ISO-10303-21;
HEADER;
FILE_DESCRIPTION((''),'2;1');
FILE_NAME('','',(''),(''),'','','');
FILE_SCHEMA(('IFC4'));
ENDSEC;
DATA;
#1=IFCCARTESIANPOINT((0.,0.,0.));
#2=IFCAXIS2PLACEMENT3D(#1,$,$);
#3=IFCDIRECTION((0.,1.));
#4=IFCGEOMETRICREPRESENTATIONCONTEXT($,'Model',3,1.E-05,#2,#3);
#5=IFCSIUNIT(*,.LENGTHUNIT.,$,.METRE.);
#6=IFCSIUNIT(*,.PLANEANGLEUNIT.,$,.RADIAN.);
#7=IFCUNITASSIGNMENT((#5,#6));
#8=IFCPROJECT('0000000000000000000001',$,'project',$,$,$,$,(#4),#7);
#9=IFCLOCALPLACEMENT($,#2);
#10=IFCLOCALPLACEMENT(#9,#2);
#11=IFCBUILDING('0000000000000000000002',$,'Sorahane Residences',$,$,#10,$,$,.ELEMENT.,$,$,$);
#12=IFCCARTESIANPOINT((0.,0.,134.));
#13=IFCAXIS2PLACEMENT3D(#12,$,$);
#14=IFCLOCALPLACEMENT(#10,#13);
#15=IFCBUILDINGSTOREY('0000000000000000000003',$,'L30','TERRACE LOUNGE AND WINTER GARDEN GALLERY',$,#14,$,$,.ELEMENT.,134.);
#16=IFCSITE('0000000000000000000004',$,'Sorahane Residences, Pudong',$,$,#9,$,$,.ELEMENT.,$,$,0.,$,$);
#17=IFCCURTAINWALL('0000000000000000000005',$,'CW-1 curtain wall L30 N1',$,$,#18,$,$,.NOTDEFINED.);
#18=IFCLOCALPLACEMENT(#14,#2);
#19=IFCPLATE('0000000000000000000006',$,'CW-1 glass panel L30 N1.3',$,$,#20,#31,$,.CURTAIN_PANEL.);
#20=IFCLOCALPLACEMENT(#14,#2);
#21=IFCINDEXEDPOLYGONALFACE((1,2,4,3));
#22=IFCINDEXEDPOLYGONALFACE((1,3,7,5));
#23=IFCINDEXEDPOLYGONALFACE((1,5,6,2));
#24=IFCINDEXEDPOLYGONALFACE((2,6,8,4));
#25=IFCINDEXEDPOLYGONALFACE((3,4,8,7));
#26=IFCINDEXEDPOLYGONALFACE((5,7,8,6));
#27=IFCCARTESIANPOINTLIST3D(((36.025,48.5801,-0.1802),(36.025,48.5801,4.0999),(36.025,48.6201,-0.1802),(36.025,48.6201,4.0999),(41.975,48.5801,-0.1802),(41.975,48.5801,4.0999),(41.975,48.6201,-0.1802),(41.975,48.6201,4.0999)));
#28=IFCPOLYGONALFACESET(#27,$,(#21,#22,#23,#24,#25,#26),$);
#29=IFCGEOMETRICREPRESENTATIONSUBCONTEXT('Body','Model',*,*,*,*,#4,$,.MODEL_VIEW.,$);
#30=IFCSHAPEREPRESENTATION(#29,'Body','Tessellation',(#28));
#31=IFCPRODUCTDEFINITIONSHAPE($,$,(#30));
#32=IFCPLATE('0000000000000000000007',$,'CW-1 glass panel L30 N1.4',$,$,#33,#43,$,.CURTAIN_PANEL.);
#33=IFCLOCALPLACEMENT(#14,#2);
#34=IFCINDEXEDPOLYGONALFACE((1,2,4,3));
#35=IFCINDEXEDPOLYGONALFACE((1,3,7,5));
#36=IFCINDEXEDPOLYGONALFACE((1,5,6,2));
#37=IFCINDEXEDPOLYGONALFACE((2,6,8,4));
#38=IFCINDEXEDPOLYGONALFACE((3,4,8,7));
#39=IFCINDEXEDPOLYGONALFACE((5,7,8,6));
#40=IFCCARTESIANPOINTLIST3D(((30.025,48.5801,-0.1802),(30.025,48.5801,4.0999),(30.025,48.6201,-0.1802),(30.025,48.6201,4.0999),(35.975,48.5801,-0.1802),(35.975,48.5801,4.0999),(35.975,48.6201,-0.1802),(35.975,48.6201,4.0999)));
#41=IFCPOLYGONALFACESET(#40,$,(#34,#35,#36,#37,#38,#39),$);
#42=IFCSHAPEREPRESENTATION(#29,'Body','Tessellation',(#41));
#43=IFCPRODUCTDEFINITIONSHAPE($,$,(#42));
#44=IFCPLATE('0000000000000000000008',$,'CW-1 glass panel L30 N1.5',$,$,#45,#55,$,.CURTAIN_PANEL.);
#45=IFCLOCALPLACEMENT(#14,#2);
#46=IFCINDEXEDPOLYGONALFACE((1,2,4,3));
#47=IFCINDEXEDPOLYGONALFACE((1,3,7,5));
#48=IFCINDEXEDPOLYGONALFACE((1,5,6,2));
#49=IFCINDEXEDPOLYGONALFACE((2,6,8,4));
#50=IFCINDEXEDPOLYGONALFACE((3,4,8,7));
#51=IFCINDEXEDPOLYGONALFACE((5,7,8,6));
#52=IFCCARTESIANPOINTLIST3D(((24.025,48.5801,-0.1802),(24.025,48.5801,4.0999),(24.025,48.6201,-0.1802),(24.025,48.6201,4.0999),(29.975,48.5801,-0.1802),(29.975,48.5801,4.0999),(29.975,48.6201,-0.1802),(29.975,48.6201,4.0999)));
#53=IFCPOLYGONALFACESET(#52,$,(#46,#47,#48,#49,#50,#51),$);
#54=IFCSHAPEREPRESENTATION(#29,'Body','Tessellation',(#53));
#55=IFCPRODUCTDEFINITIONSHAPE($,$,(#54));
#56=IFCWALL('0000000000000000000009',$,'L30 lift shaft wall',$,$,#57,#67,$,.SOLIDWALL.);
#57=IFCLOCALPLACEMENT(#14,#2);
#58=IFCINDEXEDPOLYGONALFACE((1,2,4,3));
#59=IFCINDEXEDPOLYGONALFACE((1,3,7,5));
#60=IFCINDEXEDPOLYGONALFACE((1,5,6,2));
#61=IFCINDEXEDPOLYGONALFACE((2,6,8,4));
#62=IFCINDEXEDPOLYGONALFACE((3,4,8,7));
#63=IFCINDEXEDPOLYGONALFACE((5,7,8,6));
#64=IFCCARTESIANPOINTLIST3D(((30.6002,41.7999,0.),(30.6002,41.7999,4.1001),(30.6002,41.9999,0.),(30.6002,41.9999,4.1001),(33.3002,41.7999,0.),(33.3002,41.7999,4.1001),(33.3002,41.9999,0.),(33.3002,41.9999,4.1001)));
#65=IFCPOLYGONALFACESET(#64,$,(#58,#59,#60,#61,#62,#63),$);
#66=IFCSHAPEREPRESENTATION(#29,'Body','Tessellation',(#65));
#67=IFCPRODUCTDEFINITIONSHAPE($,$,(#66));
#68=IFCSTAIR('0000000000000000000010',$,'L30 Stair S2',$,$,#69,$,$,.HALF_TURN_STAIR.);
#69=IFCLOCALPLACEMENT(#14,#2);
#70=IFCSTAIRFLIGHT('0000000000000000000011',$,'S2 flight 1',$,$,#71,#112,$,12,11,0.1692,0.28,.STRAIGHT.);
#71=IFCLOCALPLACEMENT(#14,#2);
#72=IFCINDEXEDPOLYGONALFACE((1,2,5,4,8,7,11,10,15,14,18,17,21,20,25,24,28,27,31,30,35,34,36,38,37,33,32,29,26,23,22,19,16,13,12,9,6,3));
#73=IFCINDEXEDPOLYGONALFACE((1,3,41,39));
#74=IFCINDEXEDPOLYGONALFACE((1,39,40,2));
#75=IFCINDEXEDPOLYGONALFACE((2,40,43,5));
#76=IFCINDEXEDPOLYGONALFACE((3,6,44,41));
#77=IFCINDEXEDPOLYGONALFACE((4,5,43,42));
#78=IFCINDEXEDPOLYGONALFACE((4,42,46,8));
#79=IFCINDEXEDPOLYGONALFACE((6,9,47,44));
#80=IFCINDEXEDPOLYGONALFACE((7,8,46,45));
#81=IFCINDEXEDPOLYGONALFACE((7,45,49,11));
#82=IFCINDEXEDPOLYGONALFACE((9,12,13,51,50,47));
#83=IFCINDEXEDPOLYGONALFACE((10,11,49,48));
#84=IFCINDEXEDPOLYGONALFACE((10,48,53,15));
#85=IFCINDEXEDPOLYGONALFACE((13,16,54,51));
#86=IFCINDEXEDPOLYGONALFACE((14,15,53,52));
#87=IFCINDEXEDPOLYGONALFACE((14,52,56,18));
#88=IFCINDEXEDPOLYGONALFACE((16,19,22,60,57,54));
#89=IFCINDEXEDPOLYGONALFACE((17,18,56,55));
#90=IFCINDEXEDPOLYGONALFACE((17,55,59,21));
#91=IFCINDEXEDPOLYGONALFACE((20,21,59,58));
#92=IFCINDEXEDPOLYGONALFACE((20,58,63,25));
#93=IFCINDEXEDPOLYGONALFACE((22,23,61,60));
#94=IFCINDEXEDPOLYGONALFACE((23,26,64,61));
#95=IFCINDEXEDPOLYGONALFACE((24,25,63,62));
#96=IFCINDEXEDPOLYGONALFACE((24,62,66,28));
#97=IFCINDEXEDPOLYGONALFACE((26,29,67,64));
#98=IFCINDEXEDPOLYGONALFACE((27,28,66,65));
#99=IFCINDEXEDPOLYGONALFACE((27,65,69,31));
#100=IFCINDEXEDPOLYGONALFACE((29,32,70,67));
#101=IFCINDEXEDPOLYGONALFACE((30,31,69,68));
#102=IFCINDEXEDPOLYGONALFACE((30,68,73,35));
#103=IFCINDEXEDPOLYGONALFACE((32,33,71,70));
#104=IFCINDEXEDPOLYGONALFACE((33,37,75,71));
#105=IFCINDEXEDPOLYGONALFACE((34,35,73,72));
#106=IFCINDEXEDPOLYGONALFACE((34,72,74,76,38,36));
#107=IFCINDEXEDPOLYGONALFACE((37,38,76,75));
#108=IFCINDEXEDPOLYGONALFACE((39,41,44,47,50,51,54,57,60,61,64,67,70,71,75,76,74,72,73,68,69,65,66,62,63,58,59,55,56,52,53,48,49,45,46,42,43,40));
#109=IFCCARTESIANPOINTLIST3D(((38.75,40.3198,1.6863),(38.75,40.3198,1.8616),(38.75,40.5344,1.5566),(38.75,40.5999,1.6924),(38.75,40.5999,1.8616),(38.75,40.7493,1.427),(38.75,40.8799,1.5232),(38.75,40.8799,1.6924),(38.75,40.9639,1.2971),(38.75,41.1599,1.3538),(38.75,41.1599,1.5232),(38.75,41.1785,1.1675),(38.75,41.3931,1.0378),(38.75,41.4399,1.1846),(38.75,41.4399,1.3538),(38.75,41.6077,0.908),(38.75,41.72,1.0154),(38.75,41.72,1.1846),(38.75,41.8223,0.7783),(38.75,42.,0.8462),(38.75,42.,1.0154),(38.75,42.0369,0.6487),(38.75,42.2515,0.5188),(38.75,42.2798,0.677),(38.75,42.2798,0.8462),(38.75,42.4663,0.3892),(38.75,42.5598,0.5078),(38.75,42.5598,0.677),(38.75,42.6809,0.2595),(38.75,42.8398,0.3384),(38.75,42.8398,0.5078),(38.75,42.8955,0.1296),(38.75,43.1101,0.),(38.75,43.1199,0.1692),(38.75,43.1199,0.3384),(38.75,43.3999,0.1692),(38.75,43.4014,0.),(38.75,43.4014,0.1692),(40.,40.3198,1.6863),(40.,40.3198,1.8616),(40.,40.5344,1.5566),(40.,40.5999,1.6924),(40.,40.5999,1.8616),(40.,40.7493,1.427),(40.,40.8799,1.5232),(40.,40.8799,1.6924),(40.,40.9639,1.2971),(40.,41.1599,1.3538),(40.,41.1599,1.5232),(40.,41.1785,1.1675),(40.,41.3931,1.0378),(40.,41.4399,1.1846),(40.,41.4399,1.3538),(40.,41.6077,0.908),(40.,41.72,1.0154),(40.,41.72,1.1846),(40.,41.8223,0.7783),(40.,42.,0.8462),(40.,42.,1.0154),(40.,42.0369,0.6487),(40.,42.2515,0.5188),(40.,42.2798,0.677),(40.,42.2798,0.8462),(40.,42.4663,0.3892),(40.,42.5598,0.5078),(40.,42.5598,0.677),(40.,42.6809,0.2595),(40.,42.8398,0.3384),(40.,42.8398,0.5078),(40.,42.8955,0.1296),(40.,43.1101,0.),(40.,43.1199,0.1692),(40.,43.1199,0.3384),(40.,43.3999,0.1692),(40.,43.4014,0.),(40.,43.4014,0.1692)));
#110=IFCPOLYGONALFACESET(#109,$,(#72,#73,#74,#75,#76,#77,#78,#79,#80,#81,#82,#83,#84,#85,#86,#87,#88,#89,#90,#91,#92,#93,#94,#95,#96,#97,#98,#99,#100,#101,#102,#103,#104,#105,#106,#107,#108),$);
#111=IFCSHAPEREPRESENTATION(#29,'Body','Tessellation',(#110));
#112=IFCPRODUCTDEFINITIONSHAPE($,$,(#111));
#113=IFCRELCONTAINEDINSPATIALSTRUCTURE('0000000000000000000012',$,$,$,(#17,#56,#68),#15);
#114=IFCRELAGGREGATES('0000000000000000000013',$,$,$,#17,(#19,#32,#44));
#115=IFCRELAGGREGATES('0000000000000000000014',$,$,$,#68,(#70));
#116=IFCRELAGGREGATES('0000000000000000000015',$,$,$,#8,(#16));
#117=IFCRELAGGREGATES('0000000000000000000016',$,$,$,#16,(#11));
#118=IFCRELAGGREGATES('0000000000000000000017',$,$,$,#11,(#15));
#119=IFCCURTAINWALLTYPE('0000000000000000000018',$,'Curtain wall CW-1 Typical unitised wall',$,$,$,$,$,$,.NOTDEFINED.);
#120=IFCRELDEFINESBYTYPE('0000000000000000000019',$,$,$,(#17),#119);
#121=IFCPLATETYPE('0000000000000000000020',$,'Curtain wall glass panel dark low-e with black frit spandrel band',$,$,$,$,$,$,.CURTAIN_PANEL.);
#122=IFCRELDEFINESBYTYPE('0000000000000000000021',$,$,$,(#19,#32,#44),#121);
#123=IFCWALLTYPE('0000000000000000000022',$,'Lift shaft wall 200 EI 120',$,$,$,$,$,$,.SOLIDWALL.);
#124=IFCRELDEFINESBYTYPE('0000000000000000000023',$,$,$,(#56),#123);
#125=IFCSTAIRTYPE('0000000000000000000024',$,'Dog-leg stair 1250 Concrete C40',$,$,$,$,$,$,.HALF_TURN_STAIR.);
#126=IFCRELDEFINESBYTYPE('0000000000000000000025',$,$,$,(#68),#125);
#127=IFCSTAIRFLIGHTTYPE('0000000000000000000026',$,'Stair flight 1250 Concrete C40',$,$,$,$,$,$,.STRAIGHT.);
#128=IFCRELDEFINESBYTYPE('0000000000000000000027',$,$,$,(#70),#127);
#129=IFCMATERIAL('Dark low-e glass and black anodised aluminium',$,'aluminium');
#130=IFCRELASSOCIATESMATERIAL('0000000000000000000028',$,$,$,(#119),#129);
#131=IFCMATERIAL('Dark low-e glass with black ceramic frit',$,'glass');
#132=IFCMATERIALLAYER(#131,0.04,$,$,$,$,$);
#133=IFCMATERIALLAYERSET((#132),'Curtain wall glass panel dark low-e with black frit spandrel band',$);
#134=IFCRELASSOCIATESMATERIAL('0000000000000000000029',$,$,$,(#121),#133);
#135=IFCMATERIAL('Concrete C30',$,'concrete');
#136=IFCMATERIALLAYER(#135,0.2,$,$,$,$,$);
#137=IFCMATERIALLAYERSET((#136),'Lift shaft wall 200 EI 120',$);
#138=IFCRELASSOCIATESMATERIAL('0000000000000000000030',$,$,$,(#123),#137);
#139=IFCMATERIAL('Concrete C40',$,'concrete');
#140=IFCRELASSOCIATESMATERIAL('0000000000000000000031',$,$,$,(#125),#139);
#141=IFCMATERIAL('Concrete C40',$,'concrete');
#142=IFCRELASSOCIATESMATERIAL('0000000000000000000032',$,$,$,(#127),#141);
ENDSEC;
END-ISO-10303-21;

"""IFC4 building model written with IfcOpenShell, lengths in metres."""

from ifc_helpers import new_model, si_unit, direction, frame, frame_2d, origin, origin_2d, place, context, subcontext, project, spatial, polyline, rectangle, outline, extrude, material, layer, layer_set, type_object, element, aggregate, save


model = new_model("IFC4")

# Units and contexts
model_context = context("Model", 3, precision=1e-05, world=origin(), true_north=direction((0.0, 1.0)))
body_context = subcontext(model_context, "Body", "Model", "MODEL_VIEW")
ifc_project = project(units=[si_unit("LENGTHUNIT", "METRE"), si_unit("PLANEANGLEUNIT", "RADIAN")], contexts=[model_context])

# Site, building, storey
site_placement = place(None, origin())
site = spatial("IfcSite", under=ifc_project, at=site_placement, Name="Sorahane Residences, Pudong", CompositionType="ELEMENT", RefElevation=0.0)
building_placement = place(site_placement, origin())
building = spatial("IfcBuilding", under=site, at=building_placement, Name="Sorahane Residences", CompositionType="ELEMENT")
storey_placement = place(building_placement, frame((0.0, 0.0, 134.0)))
storey = spatial("IfcBuildingStorey", under=building, at=storey_placement, Name="L30", Description="TERRACE LOUNGE AND WINTER GARDEN GALLERY", CompositionType="ELEMENT", Elevation=134.0)

# Curtain wall
ifc_material_1 = material(Name="Dark low-e glass and black anodised aluminium", Category="aluminium")
curtain_wall_type = type_object("IfcCurtainWallType", Name="Curtain wall CW-1 Typical unitised wall", PredefinedType="NOTDEFINED", material=ifc_material_1)
curtain_wall_placement = place(storey_placement, origin())
curtain_wall = element("IfcCurtainWall", 1, at=curtain_wall_placement, inside=storey, type_object=curtain_wall_type, Name="CW-1 curtain wall L30 N1", PredefinedType="NOTDEFINED")

# Plates
ifc_material_2 = material(Name="Dark low-e glass with black ceramic frit", Category="glass")
ifc_layer_1 = layer(ifc_material_2, 0.04)
ifc_layer_set_1 = layer_set([ifc_layer_1], Name="Curtain wall glass panel dark low-e with black frit spandrel band")
plate_type = type_object("IfcPlateType", Name="Curtain wall glass panel dark low-e with black frit spandrel band", PredefinedType="CURTAIN_PANEL", material=ifc_layer_set_1)
plate_1_placement = place(storey_placement, frame((39.0, 48.6001, -0.1802), z_axis=(0.0, 0.0, 1.0), x_axis=(-1.0, 0.0, 0.0)))
plate_1 = element("IfcPlate", 2, at=plate_1_placement, type_object=plate_type, Name="CW-1 glass panel L30 N1.3", PredefinedType="CURTAIN_PANEL", context=body_context, shape_type="SweptSolid", body=[
    extrude(rectangle(XDim=5.95, YDim=0.04, at=origin_2d()), origin(), (0.0, 0.0, 1.0), 4.28),
])
plate_2_placement = place(storey_placement, frame((33.0, 48.6001, -0.1802), z_axis=(0.0, 0.0, 1.0), x_axis=(-1.0, 0.0, 0.0)))
plate_2 = element("IfcPlate", 3, at=plate_2_placement, type_object=plate_type, Name="CW-1 glass panel L30 N1.4", PredefinedType="CURTAIN_PANEL", context=body_context, shape_type="SweptSolid", body=[
    extrude(rectangle(XDim=5.95, YDim=0.04, at=origin_2d()), origin(), (0.0, 0.0, 1.0), 4.28),
])
plate_3_placement = place(storey_placement, frame((27.0, 48.6001, -0.1802), z_axis=(0.0, 0.0, 1.0), x_axis=(-1.0, 0.0, 0.0)))
plate_3 = element("IfcPlate", 4, at=plate_3_placement, type_object=plate_type, Name="CW-1 glass panel L30 N1.5", PredefinedType="CURTAIN_PANEL", context=body_context, shape_type="SweptSolid", body=[
    extrude(rectangle(XDim=5.95, YDim=0.04, at=origin_2d()), origin(), (0.0, 0.0, 1.0), 4.28),
])
aggregate(curtain_wall, [plate_1, plate_2, plate_3])

# Wall
ifc_material_3 = material(Name="Concrete C30", Category="concrete")
ifc_layer_2 = layer(ifc_material_3, 0.2)
ifc_layer_set_2 = layer_set([ifc_layer_2], Name="Lift shaft wall 200 EI 120")
wall_type = type_object("IfcWallType", Name="Lift shaft wall 200 EI 120", PredefinedType="SOLIDWALL", material=ifc_layer_set_2)
wall_placement = place(storey_placement, frame((30.6001, 41.8999, 0.0), z_axis=(0.0, 0.0, 1.0), x_axis=(1.0, 0.0, 0.0)))
element("IfcWall", 5, at=wall_placement, inside=storey, type_object=wall_type, Name="L30 lift shaft wall", PredefinedType="SOLIDWALL", context=body_context, shape_type="SweptSolid", body=[
    extrude(rectangle(XDim=2.7, YDim=0.2, at=frame_2d((1.3501, 0.0))), origin(), (0.0, 0.0, 1.0), 4.1001),
])

# Stair, stair flight
ifc_material_4 = material(Name="Concrete C40", Category="concrete")
stair_type = type_object("IfcStairType", Name="Dog-leg stair 1250 Concrete C40", PredefinedType="HALF_TURN_STAIR", material=ifc_material_4)
stair_placement = place(storey_placement, origin())
stair = element("IfcStair", 6, at=stair_placement, inside=storey, type_object=stair_type, Name="L30 Stair S2", PredefinedType="HALF_TURN_STAIR")
ifc_material_5 = material(Name="Concrete C40", Category="concrete")
stair_flight_type = type_object("IfcStairFlightType", Name="Stair flight 1250 Concrete C40", PredefinedType="STRAIGHT", material=ifc_material_5)
stair_flight_placement = place(storey_placement, frame((39.375, 43.3999, 0.0), z_axis=(0.0, 0.0, 1.0), x_axis=(0.0, -1.0, 0.0)))
stair_flight = element("IfcStairFlight", 7, at=stair_flight_placement, type_object=stair_flight_type, Name="S2 flight 1", NumberOfRisers=12, NumberOfTreads=11, PredefinedType="STRAIGHT", RiserHeight=0.1692, TreadLength=0.28, context=body_context, shape_type="SweptSolid", body=[
    extrude(outline(polyline([(-0.0015, 0.0), (-0.0015, 0.1692), (0.0, 0.1692), (0.28, 0.1692), (0.28, 0.3384), (0.5601, 0.3384), (0.5601, 0.5078), (0.8401, 0.5078), (0.8401, 0.677), (1.1201, 0.677), (1.1201, 0.8462), (1.3999, 0.8462), (1.3999, 1.0154), (1.6799, 1.0154), (1.6799, 1.1846), (1.96, 1.1846), (1.96, 1.3538), (2.24, 1.3538), (2.24, 1.5232), (2.52, 1.5232), (2.52, 1.6924), (2.8, 1.6924), (2.8, 1.8616), (3.0801, 1.8616), (3.0801, 2.0308), (3.0801, 1.6863), (2.8655, 1.5566), (2.6506, 1.427), (2.436, 1.2971), (2.2214, 1.1675), (2.0068, 1.0378), (1.7922, 0.908), (1.5776, 0.7783), (1.363, 0.6487), (1.1484, 0.5188), (0.9336, 0.3892), (0.719, 0.2595), (0.5044, 0.1296), (0.2898, 0.0), (-0.0015, 0.0)])), frame((0.0, 0.625, 0.0), z_axis=(0.0, -1.0, 0.0), x_axis=(1.0, 0.0, 0.0)), (0.0, 0.0, 1.0), 1.25),
])
aggregate(stair, [stair_flight])

save(model, "model.ifc")
